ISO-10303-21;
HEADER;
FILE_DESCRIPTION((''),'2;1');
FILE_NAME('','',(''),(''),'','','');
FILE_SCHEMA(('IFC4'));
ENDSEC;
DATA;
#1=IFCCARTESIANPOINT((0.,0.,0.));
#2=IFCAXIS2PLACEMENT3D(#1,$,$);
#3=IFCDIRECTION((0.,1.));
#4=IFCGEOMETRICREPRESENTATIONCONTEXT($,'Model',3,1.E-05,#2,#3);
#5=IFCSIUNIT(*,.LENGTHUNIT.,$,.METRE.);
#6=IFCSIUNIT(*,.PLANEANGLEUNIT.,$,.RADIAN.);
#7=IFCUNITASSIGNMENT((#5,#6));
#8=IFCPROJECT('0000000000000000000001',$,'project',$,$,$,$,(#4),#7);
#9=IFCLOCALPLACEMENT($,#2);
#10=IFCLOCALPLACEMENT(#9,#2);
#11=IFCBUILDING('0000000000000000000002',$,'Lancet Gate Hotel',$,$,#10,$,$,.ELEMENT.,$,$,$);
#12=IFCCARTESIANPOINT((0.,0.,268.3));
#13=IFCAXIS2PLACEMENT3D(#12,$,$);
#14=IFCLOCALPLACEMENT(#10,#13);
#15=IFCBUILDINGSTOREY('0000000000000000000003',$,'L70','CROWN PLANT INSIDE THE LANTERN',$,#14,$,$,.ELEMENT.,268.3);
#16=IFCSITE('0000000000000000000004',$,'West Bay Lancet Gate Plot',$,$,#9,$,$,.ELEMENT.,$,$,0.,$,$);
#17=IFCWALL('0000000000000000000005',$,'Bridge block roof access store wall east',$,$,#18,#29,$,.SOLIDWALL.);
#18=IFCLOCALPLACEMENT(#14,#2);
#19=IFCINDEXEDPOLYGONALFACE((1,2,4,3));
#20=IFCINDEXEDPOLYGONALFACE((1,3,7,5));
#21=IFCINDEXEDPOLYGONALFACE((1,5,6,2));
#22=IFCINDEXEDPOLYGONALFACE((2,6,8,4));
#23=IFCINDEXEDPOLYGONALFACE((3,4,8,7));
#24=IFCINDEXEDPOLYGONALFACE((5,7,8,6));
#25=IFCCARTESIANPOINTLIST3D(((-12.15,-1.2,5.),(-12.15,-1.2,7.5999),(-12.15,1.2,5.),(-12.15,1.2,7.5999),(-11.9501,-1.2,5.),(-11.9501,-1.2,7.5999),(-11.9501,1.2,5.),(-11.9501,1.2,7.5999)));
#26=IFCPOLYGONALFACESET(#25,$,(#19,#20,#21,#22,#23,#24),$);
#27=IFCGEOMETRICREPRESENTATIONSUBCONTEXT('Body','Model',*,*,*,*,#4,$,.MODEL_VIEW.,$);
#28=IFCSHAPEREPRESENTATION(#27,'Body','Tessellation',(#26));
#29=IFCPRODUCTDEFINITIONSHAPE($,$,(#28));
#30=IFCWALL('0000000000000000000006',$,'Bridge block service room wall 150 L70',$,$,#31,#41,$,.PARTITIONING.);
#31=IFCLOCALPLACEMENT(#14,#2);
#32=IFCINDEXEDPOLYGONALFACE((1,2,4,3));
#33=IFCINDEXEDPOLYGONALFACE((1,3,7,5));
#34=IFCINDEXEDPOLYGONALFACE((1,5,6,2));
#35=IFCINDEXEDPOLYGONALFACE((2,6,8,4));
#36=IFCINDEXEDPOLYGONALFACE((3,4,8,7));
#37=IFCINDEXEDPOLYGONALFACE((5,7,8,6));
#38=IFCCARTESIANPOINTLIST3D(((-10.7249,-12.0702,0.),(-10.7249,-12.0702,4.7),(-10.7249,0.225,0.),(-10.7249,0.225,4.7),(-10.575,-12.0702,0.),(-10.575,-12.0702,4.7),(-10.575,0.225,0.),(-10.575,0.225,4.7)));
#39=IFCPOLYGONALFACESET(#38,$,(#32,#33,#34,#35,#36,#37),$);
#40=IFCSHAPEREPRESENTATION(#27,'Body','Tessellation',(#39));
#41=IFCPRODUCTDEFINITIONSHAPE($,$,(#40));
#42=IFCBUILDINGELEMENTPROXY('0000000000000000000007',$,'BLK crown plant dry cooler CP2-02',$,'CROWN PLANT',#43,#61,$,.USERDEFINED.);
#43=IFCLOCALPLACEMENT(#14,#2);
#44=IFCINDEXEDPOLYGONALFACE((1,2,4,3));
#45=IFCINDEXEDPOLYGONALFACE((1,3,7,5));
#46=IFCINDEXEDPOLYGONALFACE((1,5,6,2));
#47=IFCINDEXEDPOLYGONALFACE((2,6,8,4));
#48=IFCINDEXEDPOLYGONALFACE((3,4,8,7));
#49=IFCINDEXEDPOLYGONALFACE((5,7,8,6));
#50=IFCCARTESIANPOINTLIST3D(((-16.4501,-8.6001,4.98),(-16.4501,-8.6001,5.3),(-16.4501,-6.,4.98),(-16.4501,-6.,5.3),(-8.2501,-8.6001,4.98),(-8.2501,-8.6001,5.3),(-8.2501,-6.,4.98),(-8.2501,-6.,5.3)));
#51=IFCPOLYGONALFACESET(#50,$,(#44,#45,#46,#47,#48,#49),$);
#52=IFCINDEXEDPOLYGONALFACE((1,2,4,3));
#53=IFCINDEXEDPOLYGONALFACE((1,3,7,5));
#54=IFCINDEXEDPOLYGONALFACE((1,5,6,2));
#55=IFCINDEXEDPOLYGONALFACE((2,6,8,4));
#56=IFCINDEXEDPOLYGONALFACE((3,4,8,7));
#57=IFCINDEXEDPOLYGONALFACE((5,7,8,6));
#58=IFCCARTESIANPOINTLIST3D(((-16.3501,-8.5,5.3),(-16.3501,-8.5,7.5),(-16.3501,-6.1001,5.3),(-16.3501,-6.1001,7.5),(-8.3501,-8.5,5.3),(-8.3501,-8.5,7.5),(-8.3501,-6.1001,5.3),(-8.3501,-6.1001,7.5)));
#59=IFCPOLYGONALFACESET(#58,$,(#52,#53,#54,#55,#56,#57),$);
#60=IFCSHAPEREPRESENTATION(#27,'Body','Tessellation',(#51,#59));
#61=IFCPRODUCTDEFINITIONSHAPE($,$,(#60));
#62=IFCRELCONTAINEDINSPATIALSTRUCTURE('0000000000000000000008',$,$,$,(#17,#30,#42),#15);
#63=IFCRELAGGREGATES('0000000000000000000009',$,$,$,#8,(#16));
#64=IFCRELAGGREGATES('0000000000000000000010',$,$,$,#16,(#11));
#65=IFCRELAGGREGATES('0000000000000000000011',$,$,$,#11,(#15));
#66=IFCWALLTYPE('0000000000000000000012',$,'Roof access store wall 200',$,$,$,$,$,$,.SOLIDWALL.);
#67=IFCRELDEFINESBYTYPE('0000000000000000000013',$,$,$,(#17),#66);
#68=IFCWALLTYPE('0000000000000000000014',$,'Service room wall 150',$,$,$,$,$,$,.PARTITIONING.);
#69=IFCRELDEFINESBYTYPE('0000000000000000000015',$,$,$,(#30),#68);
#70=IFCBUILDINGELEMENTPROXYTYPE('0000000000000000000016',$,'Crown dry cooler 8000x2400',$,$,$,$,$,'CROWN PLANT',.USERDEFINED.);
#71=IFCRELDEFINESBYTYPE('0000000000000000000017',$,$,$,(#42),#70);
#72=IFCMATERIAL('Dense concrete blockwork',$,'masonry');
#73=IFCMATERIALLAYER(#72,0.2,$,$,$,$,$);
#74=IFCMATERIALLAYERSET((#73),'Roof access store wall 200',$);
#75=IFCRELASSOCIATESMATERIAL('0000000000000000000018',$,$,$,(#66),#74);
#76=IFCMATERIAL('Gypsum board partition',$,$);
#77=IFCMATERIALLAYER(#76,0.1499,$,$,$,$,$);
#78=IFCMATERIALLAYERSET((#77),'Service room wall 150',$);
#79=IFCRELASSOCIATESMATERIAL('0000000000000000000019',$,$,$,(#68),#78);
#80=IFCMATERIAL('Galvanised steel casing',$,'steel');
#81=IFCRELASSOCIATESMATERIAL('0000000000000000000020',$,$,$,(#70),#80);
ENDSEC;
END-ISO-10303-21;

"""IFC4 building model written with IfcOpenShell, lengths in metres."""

from ifc_helpers import new_model, si_unit, direction, frame, frame_2d, origin, origin_with_axes, origin_2d, place, context, subcontext, project, spatial, rectangle, extrude, material, layer, layer_set, type_object, element, save


model = new_model("IFC4")

# Units and contexts
model_context = context("Model", 3, precision=1e-05, world=origin(), true_north=direction((0.0, 1.0)))
body_context = subcontext(model_context, "Body", "Model", "MODEL_VIEW")
ifc_project = project(units=[si_unit("LENGTHUNIT", "METRE"), si_unit("PLANEANGLEUNIT", "RADIAN")], contexts=[model_context])

# Site, building, storey
site_placement = place(None, origin())
site = spatial("IfcSite", under=ifc_project, at=site_placement, Name="West Bay Lancet Gate Plot", CompositionType="ELEMENT", RefElevation=0.0)
building_placement = place(site_placement, origin())
building = spatial("IfcBuilding", under=site, at=building_placement, Name="Lancet Gate Hotel", CompositionType="ELEMENT")
storey_placement = place(building_placement, frame((0.0, 0.0, 268.3)))
storey = spatial("IfcBuildingStorey", under=building, at=storey_placement, Name="L70", Description="CROWN PLANT INSIDE THE LANTERN", CompositionType="ELEMENT", Elevation=268.3)

# Shared definitions
ifc_material_1 = material(Name="Dense concrete blockwork", Category="masonry")
ifc_layer_1 = layer(ifc_material_1, 0.2)
ifc_layer_set_1 = layer_set([ifc_layer_1], Name="Roof access store wall 200")
wall_type_1 = type_object("IfcWallType", Name="Roof access store wall 200", PredefinedType="SOLIDWALL", material=ifc_layer_set_1)

# Walls
wall_1_placement = place(storey_placement, frame((-12.05, -1.2, 5.0), z_axis=(0.0, 0.0, 1.0), x_axis=(0.0, 1.0, 0.0)))
element("IfcWall", 1, at=wall_1_placement, inside=storey, type_object=wall_type_1, Name="Bridge block roof access store wall east", PredefinedType="SOLIDWALL", context=body_context, shape_type="SweptSolid", body=[
    extrude(rectangle(XDim=2.3999, YDim=0.2, at=frame_2d((1.2, 0.0))), origin(), (0.0, 0.0, 1.0), 2.5999),
])
ifc_material_2 = material(Name="Gypsum board partition")
ifc_layer_2 = layer(ifc_material_2, 0.1499)
ifc_layer_set_2 = layer_set([ifc_layer_2], Name="Service room wall 150")
wall_type_2 = type_object("IfcWallType", Name="Service room wall 150", PredefinedType="PARTITIONING", material=ifc_layer_set_2)
wall_2_placement = place(storey_placement, frame((-10.6499, -12.0701, 0.0), z_axis=(0.0, 0.0, 1.0), x_axis=(0.0, 1.0, 0.0)))
element("IfcWall", 2, at=wall_2_placement, inside=storey, type_object=wall_type_2, Name="Bridge block service room wall 150 L70", PredefinedType="PARTITIONING", context=body_context, shape_type="SweptSolid", body=[
    extrude(rectangle(XDim=12.2952, YDim=0.1499, at=frame_2d((6.1475, 0.0))), origin(), (0.0, 0.0, 1.0), 4.7),
])

# Building element proxy
ifc_material_3 = material(Name="Galvanised steel casing", Category="steel")
building_element_proxy_type = type_object("IfcBuildingElementProxyType", Name="Crown dry cooler 8000x2400", ElementType="CROWN PLANT", PredefinedType="USERDEFINED", material=ifc_material_3)
proxy_placement = place(storey_placement, frame((-12.3501, -7.3, 4.98), z_axis=(0.0, 0.0, 1.0), x_axis=(1.0, 0.0, 0.0)))
element("IfcBuildingElementProxy", 3, at=proxy_placement, inside=storey, type_object=building_element_proxy_type, Name="BLK crown plant dry cooler CP2-02", ObjectType="CROWN PLANT", PredefinedType="USERDEFINED", context=body_context, shape_type="SweptSolid", body=[
    extrude(rectangle(XDim=8.2, YDim=2.6001, at=origin_2d()), origin_with_axes(), (0.0, 0.0, 1.0), 0.3201),
    extrude(rectangle(XDim=8.0, YDim=2.3999, at=origin_2d()), frame((0.0, 0.0, 0.3201), z_axis=(0.0, 0.0, 1.0), x_axis=(1.0, 0.0, 0.0)), (0.0, 0.0, 1.0), 2.2),
])

save(model, "model.ifc")
